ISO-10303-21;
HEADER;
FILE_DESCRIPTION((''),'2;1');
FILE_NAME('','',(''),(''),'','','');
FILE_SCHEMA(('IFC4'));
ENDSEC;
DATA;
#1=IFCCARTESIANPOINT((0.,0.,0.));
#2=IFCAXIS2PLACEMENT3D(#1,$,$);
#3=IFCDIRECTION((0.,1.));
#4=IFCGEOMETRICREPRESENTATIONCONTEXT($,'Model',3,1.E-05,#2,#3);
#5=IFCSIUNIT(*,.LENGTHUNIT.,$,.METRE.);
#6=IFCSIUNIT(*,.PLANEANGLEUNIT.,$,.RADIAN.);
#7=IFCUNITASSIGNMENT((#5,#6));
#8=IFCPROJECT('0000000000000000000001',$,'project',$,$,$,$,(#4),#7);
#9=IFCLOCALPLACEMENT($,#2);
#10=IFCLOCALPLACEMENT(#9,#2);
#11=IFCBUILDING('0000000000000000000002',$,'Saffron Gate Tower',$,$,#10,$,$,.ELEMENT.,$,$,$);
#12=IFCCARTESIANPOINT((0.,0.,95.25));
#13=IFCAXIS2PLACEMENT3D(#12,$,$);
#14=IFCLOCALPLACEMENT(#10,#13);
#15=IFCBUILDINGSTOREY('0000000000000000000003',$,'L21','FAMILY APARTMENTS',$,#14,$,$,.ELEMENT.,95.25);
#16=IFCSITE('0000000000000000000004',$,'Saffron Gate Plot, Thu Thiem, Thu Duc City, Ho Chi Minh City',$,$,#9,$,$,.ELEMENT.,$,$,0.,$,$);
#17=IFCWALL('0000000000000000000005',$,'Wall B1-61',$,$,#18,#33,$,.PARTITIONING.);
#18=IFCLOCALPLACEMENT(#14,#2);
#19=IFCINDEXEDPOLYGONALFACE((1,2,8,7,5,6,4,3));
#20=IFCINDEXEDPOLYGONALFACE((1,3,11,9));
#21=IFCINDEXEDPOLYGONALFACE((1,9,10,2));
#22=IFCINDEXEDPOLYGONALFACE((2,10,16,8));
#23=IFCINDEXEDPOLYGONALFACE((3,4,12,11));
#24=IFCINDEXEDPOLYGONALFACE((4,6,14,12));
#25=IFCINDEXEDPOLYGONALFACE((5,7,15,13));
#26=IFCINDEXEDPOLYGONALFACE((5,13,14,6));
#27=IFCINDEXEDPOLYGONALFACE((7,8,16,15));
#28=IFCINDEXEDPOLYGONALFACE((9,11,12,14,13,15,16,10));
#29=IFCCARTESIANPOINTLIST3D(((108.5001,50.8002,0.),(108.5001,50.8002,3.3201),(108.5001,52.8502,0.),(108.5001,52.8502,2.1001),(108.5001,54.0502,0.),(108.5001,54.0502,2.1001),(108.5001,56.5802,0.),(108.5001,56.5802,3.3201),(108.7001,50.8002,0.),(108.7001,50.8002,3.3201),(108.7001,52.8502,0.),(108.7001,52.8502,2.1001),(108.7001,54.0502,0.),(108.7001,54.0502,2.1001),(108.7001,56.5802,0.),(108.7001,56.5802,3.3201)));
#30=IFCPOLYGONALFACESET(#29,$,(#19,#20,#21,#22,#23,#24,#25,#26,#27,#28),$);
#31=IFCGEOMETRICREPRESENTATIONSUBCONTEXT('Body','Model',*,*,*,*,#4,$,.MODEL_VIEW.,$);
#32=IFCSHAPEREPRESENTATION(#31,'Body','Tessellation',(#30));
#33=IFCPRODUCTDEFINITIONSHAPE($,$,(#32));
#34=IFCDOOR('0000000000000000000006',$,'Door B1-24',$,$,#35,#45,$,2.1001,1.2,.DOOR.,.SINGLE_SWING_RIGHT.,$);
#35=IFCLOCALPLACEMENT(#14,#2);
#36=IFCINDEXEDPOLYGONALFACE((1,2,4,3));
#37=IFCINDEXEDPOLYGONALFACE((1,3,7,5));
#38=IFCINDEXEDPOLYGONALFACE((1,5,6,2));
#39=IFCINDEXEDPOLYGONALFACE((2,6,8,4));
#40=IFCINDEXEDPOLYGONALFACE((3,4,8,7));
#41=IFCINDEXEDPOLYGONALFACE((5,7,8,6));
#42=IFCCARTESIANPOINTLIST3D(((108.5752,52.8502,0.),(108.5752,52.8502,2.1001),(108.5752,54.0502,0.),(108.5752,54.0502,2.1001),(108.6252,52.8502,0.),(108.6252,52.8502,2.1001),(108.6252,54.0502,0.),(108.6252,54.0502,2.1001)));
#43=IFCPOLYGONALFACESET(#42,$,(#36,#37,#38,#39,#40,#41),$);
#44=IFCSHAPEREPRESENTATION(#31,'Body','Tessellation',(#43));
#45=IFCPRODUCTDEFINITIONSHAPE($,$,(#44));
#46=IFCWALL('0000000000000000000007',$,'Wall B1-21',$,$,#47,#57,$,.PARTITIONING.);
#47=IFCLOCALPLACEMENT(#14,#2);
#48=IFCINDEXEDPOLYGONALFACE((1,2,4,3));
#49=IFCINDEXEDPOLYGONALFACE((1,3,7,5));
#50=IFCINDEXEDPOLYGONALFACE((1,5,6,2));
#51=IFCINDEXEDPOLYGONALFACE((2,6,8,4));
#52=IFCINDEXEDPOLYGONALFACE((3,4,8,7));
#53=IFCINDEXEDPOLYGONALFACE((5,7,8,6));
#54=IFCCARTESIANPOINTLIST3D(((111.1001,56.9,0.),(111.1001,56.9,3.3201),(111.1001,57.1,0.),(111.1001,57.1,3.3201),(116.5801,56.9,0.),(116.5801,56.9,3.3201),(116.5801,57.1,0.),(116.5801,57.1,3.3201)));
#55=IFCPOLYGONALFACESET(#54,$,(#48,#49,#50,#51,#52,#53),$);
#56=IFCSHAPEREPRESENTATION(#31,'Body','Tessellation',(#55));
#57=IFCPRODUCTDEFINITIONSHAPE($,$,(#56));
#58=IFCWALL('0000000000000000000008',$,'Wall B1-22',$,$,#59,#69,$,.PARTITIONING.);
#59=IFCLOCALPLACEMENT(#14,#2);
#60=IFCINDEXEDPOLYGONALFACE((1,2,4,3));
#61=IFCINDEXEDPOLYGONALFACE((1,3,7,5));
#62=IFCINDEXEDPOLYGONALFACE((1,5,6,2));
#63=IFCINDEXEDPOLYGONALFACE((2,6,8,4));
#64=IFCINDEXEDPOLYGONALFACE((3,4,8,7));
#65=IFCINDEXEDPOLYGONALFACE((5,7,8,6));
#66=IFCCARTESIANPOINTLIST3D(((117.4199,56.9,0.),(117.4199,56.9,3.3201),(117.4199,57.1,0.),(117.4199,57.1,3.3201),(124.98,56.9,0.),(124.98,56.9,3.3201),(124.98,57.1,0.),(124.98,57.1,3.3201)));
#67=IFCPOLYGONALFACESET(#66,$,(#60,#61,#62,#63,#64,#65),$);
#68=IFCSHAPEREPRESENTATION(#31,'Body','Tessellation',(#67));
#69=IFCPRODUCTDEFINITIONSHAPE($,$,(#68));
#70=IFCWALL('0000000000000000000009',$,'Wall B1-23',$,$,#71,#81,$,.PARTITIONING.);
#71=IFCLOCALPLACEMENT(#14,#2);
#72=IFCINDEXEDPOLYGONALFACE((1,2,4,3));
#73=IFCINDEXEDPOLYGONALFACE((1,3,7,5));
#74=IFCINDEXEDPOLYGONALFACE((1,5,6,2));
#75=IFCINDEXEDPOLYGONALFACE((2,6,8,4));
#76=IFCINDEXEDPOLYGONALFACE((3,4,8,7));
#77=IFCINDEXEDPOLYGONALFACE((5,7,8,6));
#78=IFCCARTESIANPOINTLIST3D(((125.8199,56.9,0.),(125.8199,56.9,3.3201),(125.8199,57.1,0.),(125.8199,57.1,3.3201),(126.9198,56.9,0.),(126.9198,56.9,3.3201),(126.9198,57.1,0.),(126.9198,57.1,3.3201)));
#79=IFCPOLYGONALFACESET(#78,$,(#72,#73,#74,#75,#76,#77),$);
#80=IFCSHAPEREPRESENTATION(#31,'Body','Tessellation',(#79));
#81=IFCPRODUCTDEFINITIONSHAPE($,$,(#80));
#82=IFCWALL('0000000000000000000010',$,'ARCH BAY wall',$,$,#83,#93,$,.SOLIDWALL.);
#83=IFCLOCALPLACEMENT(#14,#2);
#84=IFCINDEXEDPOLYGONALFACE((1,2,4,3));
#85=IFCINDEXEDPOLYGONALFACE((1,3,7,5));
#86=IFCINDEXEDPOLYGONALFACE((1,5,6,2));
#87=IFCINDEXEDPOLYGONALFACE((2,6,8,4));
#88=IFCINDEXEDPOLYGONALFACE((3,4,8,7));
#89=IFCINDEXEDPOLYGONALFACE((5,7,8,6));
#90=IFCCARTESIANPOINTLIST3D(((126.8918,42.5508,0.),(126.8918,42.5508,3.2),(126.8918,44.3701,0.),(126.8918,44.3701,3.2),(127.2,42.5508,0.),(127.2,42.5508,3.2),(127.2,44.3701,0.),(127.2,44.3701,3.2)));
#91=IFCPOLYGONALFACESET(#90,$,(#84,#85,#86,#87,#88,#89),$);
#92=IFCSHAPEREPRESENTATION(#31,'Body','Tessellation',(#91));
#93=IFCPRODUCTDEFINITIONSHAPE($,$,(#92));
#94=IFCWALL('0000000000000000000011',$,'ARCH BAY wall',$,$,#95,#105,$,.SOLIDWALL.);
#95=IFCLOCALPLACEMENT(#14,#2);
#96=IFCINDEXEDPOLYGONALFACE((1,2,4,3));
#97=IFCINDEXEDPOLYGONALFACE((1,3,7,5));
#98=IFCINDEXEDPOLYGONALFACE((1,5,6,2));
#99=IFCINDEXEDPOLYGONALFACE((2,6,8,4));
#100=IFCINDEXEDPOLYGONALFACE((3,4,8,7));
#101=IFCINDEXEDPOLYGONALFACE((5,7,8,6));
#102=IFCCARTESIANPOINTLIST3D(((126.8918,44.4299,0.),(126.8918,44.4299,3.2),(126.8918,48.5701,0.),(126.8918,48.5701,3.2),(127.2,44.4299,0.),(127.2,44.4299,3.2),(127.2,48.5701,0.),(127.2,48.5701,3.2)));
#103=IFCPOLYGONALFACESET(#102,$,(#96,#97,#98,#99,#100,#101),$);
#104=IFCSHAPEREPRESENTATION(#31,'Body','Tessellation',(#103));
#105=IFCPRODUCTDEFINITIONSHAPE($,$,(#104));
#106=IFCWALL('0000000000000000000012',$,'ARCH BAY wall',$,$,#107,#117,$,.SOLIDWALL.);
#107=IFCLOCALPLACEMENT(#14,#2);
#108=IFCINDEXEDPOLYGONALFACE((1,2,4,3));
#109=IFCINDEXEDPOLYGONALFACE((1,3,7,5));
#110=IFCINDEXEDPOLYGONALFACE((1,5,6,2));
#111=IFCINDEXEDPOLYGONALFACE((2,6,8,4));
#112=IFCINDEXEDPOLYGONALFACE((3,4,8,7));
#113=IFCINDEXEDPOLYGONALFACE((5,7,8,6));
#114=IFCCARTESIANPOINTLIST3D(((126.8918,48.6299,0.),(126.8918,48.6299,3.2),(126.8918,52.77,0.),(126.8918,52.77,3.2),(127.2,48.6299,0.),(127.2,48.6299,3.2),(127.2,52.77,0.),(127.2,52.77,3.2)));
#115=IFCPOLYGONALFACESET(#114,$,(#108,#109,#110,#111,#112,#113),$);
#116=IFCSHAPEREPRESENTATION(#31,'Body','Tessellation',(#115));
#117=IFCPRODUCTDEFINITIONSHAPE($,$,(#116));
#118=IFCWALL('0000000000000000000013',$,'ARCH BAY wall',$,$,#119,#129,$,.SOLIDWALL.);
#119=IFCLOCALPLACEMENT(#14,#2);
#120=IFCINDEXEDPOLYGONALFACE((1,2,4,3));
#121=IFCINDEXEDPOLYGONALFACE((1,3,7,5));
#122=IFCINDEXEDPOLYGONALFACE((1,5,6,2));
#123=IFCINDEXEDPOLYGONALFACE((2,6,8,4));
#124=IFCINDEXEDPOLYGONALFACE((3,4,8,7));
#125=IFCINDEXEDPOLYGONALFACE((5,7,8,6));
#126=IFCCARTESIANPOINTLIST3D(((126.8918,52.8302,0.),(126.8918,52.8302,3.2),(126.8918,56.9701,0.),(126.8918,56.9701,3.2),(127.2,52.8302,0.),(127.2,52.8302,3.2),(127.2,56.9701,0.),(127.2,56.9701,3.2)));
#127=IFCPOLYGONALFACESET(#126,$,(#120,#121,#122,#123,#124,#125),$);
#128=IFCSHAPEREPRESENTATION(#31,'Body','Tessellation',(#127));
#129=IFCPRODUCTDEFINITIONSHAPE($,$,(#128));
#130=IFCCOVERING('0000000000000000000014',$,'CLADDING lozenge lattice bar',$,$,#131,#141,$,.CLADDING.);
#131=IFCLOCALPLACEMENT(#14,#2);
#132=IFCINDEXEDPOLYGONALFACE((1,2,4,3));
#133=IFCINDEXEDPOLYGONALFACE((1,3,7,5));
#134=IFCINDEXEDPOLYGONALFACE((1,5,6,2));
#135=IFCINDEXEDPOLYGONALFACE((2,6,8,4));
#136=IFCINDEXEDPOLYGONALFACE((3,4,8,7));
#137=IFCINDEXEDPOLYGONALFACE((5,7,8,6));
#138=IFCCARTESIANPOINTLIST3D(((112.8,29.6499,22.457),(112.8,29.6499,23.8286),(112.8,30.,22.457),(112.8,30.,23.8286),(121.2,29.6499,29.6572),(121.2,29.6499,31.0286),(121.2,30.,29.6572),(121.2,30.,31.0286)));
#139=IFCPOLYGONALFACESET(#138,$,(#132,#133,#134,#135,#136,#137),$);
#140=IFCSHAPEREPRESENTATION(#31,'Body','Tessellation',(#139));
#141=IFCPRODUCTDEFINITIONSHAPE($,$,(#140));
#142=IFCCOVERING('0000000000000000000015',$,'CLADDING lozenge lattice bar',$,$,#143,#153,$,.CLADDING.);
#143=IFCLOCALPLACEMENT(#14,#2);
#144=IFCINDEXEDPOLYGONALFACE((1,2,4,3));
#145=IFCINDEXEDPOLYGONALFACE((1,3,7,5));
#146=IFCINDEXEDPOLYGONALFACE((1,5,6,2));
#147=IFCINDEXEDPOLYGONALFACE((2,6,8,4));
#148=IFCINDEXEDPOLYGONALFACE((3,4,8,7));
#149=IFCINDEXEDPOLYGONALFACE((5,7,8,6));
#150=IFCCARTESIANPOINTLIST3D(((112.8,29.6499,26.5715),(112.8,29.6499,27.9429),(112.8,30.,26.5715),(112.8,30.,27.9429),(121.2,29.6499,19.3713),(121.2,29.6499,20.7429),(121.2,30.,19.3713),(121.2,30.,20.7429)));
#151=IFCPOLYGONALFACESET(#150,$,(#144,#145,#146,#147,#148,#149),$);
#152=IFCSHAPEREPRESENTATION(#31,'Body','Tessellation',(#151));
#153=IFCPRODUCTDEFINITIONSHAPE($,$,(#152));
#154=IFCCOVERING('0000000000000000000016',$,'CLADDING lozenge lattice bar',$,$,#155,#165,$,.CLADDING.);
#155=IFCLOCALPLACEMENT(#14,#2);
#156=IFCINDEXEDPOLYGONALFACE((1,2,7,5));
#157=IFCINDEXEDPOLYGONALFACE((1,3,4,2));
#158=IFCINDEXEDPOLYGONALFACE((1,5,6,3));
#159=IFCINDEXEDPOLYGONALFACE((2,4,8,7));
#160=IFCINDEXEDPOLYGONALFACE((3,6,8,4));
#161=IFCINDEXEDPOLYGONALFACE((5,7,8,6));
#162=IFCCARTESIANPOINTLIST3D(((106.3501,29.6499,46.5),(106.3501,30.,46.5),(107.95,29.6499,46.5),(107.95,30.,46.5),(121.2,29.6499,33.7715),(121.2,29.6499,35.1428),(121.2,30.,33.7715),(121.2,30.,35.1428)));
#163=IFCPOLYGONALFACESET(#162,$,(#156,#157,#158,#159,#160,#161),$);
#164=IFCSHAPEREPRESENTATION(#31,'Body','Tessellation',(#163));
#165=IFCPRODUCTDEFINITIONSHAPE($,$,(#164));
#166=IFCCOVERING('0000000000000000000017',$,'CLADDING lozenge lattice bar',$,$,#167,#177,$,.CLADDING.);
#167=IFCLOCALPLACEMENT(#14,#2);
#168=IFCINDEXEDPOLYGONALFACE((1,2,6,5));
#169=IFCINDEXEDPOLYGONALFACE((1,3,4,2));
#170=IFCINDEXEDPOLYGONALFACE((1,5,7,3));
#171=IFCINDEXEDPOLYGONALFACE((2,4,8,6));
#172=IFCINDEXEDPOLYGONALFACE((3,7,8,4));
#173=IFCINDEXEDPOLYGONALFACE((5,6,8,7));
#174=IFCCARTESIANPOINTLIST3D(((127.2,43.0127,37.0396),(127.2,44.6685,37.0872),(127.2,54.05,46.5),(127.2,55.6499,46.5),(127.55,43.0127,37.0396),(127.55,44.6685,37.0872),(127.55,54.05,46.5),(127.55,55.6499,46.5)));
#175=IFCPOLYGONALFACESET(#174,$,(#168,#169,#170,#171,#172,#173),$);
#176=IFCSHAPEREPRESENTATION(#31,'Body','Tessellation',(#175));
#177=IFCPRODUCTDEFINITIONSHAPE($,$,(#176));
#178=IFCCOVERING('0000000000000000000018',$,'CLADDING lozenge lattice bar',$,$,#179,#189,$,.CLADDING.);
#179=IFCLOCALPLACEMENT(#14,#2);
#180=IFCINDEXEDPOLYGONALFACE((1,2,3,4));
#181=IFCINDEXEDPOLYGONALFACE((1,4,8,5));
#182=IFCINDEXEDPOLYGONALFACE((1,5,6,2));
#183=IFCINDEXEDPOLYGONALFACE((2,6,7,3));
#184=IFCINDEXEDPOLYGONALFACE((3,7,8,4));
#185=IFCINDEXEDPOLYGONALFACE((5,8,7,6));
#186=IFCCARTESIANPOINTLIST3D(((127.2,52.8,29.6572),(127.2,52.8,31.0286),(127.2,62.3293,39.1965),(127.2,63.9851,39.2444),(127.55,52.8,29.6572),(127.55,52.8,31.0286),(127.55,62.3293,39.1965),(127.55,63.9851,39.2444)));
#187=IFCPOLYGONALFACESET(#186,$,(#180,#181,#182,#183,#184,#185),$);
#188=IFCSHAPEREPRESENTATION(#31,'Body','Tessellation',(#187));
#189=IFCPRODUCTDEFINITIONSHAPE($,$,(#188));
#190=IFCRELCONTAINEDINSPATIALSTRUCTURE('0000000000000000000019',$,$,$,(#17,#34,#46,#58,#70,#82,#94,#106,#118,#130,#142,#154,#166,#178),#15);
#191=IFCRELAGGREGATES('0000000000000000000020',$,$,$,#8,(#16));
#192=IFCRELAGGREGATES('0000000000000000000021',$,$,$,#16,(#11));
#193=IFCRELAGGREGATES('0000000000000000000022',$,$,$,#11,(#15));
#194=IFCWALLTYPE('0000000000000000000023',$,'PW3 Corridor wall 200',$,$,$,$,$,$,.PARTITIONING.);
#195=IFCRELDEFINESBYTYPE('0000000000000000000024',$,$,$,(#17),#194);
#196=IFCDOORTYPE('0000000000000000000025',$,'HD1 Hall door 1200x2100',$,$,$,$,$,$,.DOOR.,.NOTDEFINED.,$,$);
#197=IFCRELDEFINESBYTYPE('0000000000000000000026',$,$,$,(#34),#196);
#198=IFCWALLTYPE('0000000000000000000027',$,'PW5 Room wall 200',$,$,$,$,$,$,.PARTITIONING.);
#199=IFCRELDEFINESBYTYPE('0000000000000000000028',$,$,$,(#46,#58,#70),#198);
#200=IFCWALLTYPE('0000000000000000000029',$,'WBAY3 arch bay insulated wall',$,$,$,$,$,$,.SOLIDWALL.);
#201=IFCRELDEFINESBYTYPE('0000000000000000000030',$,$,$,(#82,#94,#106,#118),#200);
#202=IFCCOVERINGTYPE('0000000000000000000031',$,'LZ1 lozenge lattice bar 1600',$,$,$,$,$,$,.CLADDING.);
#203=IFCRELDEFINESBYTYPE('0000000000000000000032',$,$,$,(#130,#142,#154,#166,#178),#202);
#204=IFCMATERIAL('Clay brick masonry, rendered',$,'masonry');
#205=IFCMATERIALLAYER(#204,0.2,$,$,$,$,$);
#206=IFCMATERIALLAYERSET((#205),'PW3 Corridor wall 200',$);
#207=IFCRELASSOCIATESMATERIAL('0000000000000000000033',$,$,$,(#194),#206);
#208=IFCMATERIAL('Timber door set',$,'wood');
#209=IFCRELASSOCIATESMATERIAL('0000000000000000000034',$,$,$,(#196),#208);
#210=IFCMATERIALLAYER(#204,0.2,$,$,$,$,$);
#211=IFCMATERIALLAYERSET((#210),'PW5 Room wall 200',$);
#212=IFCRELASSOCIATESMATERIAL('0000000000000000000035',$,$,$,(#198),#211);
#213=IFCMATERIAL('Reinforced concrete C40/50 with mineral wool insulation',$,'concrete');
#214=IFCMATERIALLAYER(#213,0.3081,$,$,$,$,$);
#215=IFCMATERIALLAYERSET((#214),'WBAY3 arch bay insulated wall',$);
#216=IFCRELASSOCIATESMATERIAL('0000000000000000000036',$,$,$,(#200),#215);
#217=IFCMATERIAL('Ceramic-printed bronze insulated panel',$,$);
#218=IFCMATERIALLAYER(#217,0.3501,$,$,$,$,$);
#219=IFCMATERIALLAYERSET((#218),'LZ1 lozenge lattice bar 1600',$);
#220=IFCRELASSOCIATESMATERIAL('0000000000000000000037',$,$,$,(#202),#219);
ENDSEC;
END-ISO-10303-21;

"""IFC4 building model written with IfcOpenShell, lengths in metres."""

from ifc_helpers import new_model, si_unit, direction, frame, frame_2d, origin, place, context, subcontext, project, spatial, polyline, rectangle, outline, extrude, material, layer, layer_set, type_object, element, fill, save


model = new_model("IFC4")

# Units and contexts
model_context = context("Model", 3, precision=1e-05, world=origin(), true_north=direction((0.0, 1.0)))
body_context = subcontext(model_context, "Body", "Model", "MODEL_VIEW")
ifc_project = project(units=[si_unit("LENGTHUNIT", "METRE"), si_unit("PLANEANGLEUNIT", "RADIAN")], contexts=[model_context])

# Site, building, storey
site_placement = place(None, origin())
site = spatial("IfcSite", under=ifc_project, at=site_placement, Name="Saffron Gate Plot, Thu Thiem, Thu Duc City, Ho Chi Minh City", CompositionType="ELEMENT", RefElevation=0.0)
building_placement = place(site_placement, origin())
building = spatial("IfcBuilding", under=site, at=building_placement, Name="Saffron Gate Tower", CompositionType="ELEMENT")
storey_placement = place(building_placement, frame((0.0, 0.0, 95.25)))
storey = spatial("IfcBuildingStorey", under=building, at=storey_placement, Name="L21", Description="FAMILY APARTMENTS", CompositionType="ELEMENT", Elevation=95.25)

# Shared definitions
ifc_material_1 = material(Name="Clay brick masonry, rendered", Category="masonry")
ifc_layer_1 = layer(ifc_material_1, 0.2)
ifc_layer_set_1 = layer_set([ifc_layer_1], Name="PW3 Corridor wall 200")
wall_type_1 = type_object("IfcWallType", Name="PW3 Corridor wall 200", PredefinedType="PARTITIONING", material=ifc_layer_set_1)

# Wall, opening, door
wall_1_placement = place(storey_placement, frame((108.6001, 50.8, 0.0), z_axis=(0.0, 0.0, 1.0), x_axis=(0.0, 1.0, 0.0)))
wall_1 = element("IfcWall", 1, at=wall_1_placement, inside=storey, type_object=wall_type_1, Name="Wall B1-61", PredefinedType="PARTITIONING", context=body_context, shape_type="SweptSolid", body=[
    extrude(rectangle(XDim=5.78, YDim=0.2, at=frame_2d((2.8901, 0.0))), origin(), (0.0, 0.0, 1.0), 3.3201),
])
opening_1_placement = place(wall_1_placement, frame((2.05, 0.0, 0.0)))
opening_1 = element("IfcOpeningElement", 2, at=opening_1_placement, cuts=wall_1, PredefinedType="OPENING", context=body_context, shape_type="SweptSolid", body=[
    extrude(rectangle(XDim=1.2, YDim=2.1001, at=frame_2d((0.6001, 1.05))), frame((0.0, 0.1099, 0.0), z_axis=(0.0, -1.0, 0.0), x_axis=(1.0, 0.0, 0.0)), (0.0, 0.0, 1.0), 0.22),
])
ifc_material_2 = material(Name="Timber door set", Category="wood")
door_type_1 = type_object("IfcDoorType", Name="HD1 Hall door 1200x2100", OperationType="NOTDEFINED", PredefinedType="DOOR", material=ifc_material_2)
door_1_placement = place(opening_1_placement, origin())
door_1 = element("IfcDoor", 3, at=door_1_placement, inside=storey, type_object=door_type_1, Name="Door B1-24", OperationType="SINGLE_SWING_RIGHT", OverallHeight=2.1001, OverallWidth=1.2, PredefinedType="DOOR", context=body_context, shape_type="SweptSolid", body=[
    extrude(rectangle(XDim=1.2, YDim=2.1001, at=frame_2d((0.6001, 1.05))), frame((0.0, 0.0249, 0.0), z_axis=(0.0, -1.0, 0.0), x_axis=(1.0, 0.0, 0.0)), (0.0, 0.0, 1.0), 0.05),
])
fill(opening_1, door_1)

# Walls
ifc_layer_2 = layer(ifc_material_1, 0.2)
ifc_layer_set_2 = layer_set([ifc_layer_2], Name="PW5 Room wall 200")
wall_type_2 = type_object("IfcWallType", Name="PW5 Room wall 200", PredefinedType="PARTITIONING", material=ifc_layer_set_2)
wall_2_placement = place(storey_placement, frame((111.1001, 57.0, 0.0), z_axis=(0.0, 0.0, 1.0), x_axis=(1.0, 0.0, 0.0)))
element("IfcWall", 4, at=wall_2_placement, inside=storey, type_object=wall_type_2, Name="Wall B1-21", PredefinedType="PARTITIONING", context=body_context, shape_type="SweptSolid", body=[
    extrude(rectangle(XDim=5.48, YDim=0.2, at=frame_2d((2.74, 0.0))), origin(), (0.0, 0.0, 1.0), 3.3201),
])
wall_3_placement = place(storey_placement, frame((117.4199, 57.0, 0.0), z_axis=(0.0, 0.0, 1.0), x_axis=(1.0, 0.0, 0.0)))
element("IfcWall", 5, at=wall_3_placement, inside=storey, type_object=wall_type_2, Name="Wall B1-22", PredefinedType="PARTITIONING", context=body_context, shape_type="SweptSolid", body=[
    extrude(rectangle(XDim=7.5601, YDim=0.2, at=frame_2d((3.78, 0.0))), origin(), (0.0, 0.0, 1.0), 3.3201),
])
wall_4_placement = place(storey_placement, frame((125.8201, 57.0, 0.0), z_axis=(0.0, 0.0, 1.0), x_axis=(1.0, 0.0, 0.0)))
element("IfcWall", 6, at=wall_4_placement, inside=storey, type_object=wall_type_2, Name="Wall B1-23", PredefinedType="PARTITIONING", context=body_context, shape_type="SweptSolid", body=[
    extrude(rectangle(XDim=1.0999, YDim=0.2, at=frame_2d((0.5498, 0.0))), origin(), (0.0, 0.0, 1.0), 3.3201),
])
ifc_material_3 = material(Name="Reinforced concrete C40/50 with mineral wool insulation", Category="concrete")
ifc_layer_3 = layer(ifc_material_3, 0.3081)
ifc_layer_set_3 = layer_set([ifc_layer_3], Name="WBAY3 arch bay insulated wall")
wall_type_3 = type_object("IfcWallType", Name="WBAY3 arch bay insulated wall", PredefinedType="SOLIDWALL", material=ifc_layer_set_3)
wall_5_placement = place(storey_placement, frame((127.0459, 44.3701, 0.0), z_axis=(0.0, 0.0, 1.0), x_axis=(0.0, -1.0, 0.0)))
element("IfcWall", 7, at=wall_5_placement, inside=storey, type_object=wall_type_3, Name="ARCH BAY wall", PredefinedType="SOLIDWALL", context=body_context, shape_type="SweptSolid", body=[
    extrude(rectangle(XDim=1.8193, YDim=0.3081, at=frame_2d((0.9097, 0.0))), origin(), (0.0, 0.0, 1.0), 3.2),
])
for number, where, z_axis, x_axis, name in (
    (8, (127.0459, 48.5701, 0.0), (0.0, 0.0, 1.0), (0.0, -1.0, 0.0), "ARCH BAY wall"),
    (9, (127.0459, 52.77, 0.0), (0.0, 0.0, 1.0), (0.0, -1.0, 0.0), "ARCH BAY wall"),
):
    element("IfcWall", number, at=place(storey_placement, frame(where, z_axis=z_axis, x_axis=x_axis)), inside=storey, type_object=wall_type_3, Name=name, PredefinedType="SOLIDWALL", context=body_context, shape_type="SweptSolid", body=[
        extrude(rectangle(XDim=4.1401, YDim=0.3081, at=frame_2d((2.0701, 0.0))), origin(), (0.0, 0.0, 1.0), 3.2),
    ])
wall_6_placement = place(storey_placement, frame((127.0459, 56.97, 0.0), z_axis=(0.0, 0.0, 1.0), x_axis=(0.0, -1.0, 0.0)))
element("IfcWall", 10, at=wall_6_placement, inside=storey, type_object=wall_type_3, Name="ARCH BAY wall", PredefinedType="SOLIDWALL", context=body_context, shape_type="SweptSolid", body=[
    extrude(rectangle(XDim=4.1399, YDim=0.3081, at=frame_2d((2.0698, 0.0))), origin(), (0.0, 0.0, 1.0), 3.2),
])

# Coverings
ifc_material_4 = material(Name="Ceramic-printed bronze insulated panel")
ifc_layer_4 = layer(ifc_material_4, 0.3501)
ifc_layer_set_4 = layer_set([ifc_layer_4], Name="LZ1 lozenge lattice bar 1600")
covering_type = type_object("IfcCoveringType", Name="LZ1 lozenge lattice bar 1600", PredefinedType="CLADDING", material=ifc_layer_set_4)
covering_1_placement = place(storey_placement, frame((112.8, 29.6499, 23.8286), z_axis=(0.0, -1.0, 0.0), x_axis=(0.0, 0.0, -1.0)))
element("IfcCovering", 11, at=covering_1_placement, inside=storey, type_object=covering_type, Name="CLADDING lozenge lattice bar", PredefinedType="CLADDING", context=body_context, shape_type="SweptSolid", body=[
    extrude(outline(polyline([(0.0, 0.0), (1.3716, 0.0), (-5.8286, 8.3999), (-7.2, 8.3999), (0.0, 0.0)])), origin(), (0.0, 0.0, -1.0), 0.3501),
])
covering_2_placement = place(storey_placement, frame((121.2, 29.6499, 20.7429), z_axis=(0.0, -1.0, 0.0), x_axis=(-0.759255, 0.0, 0.650793)))
element("IfcCovering", 12, at=covering_2_placement, inside=storey, type_object=covering_type, Name="CLADDING lozenge lattice bar", PredefinedType="CLADDING", context=body_context, shape_type="SweptSolid", body=[
    extrude(outline(polyline([(0.0, 0.0), (11.0633, 0.0), (10.1709, 1.0412), (-0.8926, 1.0414), (0.0, 0.0)])), origin(), (0.0, 0.0, -1.0), 0.3501),
])
covering_3_placement = place(storey_placement, frame((121.2, 29.6499, 35.1428), z_axis=(0.0, -1.0, 0.0), x_axis=(-0.759256, 0.0, 0.650793)))
element("IfcCovering", 13, at=covering_3_placement, inside=storey, type_object=covering_type, Name="CLADDING lozenge lattice bar", PredefinedType="CLADDING", context=body_context, shape_type="SweptSolid", body=[
    extrude(outline(polyline([(0.0, 0.0), (17.4513, 0.0), (18.666, 1.0412), (-0.8925, 1.0412), (0.0, 0.0)])), origin(), (0.0, 0.0, -1.0), 0.3501),
])
covering_4_placement = place(storey_placement, frame((127.55, 43.0127, 37.0396), z_axis=(1.0, 0.0, 0.0), x_axis=(0.0, 0.999587, 0.028741)))
element("IfcCovering", 14, at=covering_4_placement, inside=storey, type_object=covering_type, Name="CLADDING lozenge lattice bar", PredefinedType="CLADDING", context=body_context, shape_type="SweptSolid", body=[
    extrude(outline(polyline([(0.0, 0.0), (1.6564, 0.0), (12.9039, 9.0933), (11.3047, 9.1393), (0.0, 0.0)])), origin(), (0.0, 0.0, -1.0), 0.3501),
])
covering_5_placement = place(storey_placement, frame((127.55, 52.8, 31.0286), z_axis=(1.0, 0.0, 0.0), x_axis=(0.0, 0.0, -1.0)))
element("IfcCovering", 15, at=covering_5_placement, inside=storey, type_object=covering_type, Name="CLADDING lozenge lattice bar", PredefinedType="CLADDING", context=body_context, shape_type="SweptSolid", body=[
    extrude(outline(polyline([(0.0, 0.0), (1.3713, 0.0), (-8.2158, 11.1851), (-8.168, 9.5293), (0.0, 0.0)])), origin(), (0.0, 0.0, -1.0), 0.3501),
])

save(model, "model.ifc")
